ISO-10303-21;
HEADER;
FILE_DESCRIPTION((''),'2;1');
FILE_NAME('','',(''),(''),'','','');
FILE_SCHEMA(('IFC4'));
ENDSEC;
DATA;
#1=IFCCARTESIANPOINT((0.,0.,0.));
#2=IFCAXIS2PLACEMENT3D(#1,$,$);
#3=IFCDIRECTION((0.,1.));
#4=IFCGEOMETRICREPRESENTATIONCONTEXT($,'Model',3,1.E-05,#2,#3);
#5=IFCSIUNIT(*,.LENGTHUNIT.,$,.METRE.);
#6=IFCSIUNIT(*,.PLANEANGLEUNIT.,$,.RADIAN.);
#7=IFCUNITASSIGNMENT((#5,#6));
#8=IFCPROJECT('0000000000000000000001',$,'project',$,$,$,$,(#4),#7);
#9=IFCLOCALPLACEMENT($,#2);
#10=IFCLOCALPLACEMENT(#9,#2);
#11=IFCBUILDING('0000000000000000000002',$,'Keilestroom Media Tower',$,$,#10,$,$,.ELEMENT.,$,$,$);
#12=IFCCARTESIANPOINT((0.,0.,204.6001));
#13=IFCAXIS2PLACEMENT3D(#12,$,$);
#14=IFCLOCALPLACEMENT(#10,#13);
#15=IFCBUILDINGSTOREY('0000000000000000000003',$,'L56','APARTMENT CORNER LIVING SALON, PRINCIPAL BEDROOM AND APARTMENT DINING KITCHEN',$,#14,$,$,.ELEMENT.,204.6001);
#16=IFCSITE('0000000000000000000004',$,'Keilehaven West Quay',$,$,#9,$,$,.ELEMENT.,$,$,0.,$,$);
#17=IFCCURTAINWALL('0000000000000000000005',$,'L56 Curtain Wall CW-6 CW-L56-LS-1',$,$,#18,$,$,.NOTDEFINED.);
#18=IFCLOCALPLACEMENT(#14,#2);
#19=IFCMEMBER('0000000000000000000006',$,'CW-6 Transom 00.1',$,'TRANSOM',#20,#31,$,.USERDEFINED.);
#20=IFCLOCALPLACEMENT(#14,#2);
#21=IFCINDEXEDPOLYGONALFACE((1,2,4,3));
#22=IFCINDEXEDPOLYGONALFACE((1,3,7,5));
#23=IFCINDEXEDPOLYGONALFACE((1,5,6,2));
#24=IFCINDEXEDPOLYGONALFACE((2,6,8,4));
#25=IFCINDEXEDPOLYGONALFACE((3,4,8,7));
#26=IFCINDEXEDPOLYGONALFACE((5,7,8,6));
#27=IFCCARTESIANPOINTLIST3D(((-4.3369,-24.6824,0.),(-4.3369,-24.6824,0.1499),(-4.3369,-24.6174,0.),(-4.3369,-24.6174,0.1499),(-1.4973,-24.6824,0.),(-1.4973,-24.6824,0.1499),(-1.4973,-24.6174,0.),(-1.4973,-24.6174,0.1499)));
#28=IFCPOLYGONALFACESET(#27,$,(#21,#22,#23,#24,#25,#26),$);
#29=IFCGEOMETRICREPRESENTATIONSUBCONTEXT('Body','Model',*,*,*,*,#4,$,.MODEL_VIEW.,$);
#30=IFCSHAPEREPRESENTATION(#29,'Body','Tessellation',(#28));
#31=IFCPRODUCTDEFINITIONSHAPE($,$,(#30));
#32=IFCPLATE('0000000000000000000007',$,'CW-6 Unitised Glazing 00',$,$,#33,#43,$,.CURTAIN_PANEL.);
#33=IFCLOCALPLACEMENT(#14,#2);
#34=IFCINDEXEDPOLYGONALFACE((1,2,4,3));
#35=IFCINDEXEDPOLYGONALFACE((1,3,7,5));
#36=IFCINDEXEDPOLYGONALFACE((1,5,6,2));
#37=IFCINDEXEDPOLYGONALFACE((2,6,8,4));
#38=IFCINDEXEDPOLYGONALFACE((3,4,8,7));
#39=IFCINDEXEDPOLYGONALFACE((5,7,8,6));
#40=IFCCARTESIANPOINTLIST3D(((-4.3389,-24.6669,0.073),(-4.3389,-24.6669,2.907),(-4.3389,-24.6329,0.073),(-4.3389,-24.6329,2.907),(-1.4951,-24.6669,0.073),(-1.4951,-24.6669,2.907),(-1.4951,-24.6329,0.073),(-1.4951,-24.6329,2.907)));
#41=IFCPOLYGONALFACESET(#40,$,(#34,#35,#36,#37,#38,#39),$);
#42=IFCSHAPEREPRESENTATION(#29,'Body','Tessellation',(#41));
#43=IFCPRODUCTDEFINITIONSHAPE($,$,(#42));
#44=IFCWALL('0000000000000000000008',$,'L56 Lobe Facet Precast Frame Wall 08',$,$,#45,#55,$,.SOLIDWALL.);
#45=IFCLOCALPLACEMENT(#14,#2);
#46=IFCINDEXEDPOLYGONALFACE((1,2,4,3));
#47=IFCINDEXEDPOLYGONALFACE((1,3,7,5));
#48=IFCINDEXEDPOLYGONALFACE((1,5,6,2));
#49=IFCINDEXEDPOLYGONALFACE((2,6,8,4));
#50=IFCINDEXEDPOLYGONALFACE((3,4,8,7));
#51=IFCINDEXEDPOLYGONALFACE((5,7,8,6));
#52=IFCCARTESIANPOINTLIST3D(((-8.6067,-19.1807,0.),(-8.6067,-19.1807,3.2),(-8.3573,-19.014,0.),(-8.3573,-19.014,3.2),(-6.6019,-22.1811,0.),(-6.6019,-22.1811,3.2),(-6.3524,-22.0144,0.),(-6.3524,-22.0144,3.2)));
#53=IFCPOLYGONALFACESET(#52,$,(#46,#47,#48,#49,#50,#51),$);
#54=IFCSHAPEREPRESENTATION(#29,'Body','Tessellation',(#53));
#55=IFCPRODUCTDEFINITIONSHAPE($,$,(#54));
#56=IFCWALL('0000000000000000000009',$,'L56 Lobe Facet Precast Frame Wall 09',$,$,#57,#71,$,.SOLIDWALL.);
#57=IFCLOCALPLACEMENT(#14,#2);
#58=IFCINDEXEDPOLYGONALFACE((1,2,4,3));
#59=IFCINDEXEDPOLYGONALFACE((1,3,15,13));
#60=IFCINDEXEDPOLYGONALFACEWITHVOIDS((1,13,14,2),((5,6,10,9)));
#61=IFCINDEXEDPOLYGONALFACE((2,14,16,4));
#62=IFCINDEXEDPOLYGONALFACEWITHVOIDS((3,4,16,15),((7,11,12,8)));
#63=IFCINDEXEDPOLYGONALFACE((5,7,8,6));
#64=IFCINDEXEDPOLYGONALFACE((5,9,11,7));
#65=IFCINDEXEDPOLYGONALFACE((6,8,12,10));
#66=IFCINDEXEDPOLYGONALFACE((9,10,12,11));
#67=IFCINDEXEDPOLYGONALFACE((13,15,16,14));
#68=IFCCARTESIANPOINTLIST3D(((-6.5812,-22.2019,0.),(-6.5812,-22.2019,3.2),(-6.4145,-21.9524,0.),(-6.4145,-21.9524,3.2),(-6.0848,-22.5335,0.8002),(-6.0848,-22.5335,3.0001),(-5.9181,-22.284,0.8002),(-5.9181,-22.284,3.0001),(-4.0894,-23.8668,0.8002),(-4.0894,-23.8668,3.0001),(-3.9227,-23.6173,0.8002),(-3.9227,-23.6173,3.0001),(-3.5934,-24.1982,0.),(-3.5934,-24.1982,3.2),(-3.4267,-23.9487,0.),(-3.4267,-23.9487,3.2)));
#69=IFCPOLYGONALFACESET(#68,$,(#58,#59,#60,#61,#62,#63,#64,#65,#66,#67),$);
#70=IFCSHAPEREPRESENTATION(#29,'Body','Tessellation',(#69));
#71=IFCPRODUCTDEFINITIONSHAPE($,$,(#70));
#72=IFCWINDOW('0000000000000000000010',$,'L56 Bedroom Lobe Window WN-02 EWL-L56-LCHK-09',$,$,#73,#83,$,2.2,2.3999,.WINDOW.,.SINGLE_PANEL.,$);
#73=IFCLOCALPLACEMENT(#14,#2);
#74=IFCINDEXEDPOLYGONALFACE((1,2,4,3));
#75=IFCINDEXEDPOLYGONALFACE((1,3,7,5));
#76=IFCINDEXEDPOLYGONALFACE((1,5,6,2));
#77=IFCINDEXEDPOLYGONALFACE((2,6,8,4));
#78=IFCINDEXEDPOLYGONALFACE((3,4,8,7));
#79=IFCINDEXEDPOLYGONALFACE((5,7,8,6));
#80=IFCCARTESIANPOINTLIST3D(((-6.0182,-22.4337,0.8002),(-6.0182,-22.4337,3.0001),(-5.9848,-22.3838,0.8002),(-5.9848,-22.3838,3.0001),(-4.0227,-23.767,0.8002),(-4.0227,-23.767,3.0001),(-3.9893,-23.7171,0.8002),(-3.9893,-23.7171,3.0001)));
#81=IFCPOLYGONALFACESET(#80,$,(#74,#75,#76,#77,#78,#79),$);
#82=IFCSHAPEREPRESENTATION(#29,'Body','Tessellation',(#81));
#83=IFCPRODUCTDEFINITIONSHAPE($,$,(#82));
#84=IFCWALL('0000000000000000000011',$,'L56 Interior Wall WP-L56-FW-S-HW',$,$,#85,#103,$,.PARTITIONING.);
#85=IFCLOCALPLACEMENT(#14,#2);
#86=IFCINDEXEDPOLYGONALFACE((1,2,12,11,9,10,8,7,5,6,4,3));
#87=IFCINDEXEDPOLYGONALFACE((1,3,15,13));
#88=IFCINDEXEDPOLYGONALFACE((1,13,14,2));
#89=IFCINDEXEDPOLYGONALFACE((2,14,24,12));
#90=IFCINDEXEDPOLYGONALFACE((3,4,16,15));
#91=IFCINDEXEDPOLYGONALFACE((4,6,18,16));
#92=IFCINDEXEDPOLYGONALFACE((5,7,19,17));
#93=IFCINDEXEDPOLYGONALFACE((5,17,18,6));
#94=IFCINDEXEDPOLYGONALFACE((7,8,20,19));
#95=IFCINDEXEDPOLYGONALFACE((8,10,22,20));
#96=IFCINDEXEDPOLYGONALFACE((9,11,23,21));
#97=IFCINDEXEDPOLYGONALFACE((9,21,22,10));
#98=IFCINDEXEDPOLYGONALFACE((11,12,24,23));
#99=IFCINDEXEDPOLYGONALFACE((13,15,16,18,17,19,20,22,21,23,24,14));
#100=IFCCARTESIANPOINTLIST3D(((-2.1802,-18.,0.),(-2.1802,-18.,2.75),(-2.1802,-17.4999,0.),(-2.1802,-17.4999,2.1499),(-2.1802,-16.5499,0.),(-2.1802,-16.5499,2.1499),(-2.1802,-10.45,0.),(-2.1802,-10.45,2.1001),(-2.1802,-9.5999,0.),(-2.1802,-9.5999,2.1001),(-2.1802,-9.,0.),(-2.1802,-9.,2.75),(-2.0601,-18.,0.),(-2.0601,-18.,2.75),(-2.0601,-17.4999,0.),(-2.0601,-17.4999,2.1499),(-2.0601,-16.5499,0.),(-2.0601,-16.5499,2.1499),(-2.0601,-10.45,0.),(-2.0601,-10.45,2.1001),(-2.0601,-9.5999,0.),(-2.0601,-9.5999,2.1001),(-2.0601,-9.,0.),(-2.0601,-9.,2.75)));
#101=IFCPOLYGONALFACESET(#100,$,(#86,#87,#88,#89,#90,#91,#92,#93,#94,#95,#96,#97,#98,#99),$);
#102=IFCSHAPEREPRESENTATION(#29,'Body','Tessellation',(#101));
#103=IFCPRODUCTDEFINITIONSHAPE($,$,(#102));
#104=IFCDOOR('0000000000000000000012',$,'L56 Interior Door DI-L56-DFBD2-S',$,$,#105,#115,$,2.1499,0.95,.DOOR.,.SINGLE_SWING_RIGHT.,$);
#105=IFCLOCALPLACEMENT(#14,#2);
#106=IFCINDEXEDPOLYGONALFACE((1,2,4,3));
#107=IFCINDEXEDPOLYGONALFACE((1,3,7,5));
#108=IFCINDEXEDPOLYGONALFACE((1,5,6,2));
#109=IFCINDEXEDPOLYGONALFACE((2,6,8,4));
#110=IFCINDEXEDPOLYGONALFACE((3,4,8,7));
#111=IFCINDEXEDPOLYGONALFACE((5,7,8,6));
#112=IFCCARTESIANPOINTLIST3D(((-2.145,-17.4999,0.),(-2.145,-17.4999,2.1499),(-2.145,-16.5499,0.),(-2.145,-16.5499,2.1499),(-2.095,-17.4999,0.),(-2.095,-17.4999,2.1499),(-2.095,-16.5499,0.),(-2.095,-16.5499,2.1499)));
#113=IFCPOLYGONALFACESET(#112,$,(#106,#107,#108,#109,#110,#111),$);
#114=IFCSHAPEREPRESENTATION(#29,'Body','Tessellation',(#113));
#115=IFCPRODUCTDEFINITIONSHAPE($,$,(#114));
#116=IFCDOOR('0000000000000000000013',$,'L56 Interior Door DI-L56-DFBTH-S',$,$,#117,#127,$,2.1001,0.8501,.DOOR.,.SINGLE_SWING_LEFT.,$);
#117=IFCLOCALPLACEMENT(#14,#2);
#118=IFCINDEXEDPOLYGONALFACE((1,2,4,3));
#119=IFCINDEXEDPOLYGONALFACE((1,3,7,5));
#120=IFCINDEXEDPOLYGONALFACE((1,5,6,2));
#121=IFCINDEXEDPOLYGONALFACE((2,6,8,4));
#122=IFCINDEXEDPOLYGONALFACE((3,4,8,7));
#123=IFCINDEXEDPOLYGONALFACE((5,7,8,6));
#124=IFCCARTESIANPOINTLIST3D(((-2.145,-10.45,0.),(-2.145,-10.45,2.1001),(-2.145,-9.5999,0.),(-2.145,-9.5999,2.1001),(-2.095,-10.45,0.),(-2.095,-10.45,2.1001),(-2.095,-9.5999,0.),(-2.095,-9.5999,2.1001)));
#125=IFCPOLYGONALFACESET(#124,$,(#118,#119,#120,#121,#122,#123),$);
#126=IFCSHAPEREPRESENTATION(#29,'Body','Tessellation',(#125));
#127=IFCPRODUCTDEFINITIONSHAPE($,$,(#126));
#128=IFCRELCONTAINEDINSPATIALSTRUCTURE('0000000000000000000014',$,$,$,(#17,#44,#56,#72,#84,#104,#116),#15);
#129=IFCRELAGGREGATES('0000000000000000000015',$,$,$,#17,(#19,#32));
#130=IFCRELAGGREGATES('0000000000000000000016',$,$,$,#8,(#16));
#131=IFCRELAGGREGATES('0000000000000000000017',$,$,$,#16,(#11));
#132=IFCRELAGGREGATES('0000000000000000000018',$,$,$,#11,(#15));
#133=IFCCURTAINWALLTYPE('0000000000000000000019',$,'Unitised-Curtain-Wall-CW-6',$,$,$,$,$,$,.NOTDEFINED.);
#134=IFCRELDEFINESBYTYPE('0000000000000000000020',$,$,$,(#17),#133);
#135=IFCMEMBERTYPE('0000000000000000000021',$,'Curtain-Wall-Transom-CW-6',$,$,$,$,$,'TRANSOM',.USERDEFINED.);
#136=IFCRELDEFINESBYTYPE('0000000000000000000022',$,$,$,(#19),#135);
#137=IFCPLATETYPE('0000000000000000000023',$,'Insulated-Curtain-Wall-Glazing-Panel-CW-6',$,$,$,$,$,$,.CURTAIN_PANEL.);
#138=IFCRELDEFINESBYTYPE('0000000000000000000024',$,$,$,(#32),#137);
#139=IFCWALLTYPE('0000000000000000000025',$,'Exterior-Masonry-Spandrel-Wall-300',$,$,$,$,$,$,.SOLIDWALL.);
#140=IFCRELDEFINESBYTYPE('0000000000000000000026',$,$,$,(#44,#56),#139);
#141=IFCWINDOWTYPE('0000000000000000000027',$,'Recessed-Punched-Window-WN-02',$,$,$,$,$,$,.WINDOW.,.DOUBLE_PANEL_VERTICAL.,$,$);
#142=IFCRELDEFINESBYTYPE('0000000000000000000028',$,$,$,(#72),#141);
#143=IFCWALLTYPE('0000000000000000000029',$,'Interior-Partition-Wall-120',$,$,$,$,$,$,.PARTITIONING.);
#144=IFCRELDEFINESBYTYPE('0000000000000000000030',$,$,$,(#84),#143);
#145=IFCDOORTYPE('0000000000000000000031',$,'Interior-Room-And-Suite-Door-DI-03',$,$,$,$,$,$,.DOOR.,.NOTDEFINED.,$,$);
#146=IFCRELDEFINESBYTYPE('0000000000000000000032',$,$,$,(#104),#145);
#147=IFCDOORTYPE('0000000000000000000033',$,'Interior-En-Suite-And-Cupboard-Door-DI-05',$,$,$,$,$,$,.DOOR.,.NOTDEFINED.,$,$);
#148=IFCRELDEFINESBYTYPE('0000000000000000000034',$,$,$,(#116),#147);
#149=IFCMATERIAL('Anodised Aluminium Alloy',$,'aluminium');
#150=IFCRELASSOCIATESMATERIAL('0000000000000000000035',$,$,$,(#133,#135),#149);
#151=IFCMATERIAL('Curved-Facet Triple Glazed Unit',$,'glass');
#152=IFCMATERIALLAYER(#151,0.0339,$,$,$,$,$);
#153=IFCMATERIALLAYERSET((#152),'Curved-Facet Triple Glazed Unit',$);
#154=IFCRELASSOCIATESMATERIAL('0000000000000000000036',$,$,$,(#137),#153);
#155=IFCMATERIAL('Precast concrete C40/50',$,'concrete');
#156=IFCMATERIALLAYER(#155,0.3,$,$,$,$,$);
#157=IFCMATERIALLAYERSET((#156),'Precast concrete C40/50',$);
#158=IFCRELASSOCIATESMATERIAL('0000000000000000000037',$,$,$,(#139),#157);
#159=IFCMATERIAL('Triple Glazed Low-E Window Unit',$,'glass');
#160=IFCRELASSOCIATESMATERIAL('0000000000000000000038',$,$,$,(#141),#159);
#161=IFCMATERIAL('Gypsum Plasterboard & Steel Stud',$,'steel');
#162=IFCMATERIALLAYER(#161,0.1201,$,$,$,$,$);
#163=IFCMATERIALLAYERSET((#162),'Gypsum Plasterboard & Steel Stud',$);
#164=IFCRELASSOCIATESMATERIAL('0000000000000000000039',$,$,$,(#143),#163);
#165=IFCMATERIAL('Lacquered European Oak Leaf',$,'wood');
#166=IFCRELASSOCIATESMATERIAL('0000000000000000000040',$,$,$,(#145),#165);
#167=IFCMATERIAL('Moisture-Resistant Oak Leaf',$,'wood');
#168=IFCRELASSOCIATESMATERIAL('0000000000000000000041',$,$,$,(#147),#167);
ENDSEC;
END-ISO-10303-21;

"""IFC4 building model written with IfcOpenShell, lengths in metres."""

from ifc_helpers import new_model, si_unit, direction, frame, frame_2d, origin, origin_2d, place, context, subcontext, project, spatial, rectangle, extrude, source, transform, mapped, material, layer, layer_set, material_profile, profile_set, type_object, element, fill, aggregate, save


model = new_model("IFC4")

# Units and contexts
model_context = context("Model", 3, precision=1e-05, world=origin(), true_north=direction((0.0, 1.0)))
body_context = subcontext(model_context, "Body", "Model", "MODEL_VIEW")
ifc_project = project(units=[si_unit("LENGTHUNIT", "METRE"), si_unit("PLANEANGLEUNIT", "RADIAN")], contexts=[model_context])

# Site, building, storey
site_placement = place(None, origin())
site = spatial("IfcSite", under=ifc_project, at=site_placement, Name="Keilehaven West Quay", CompositionType="ELEMENT", RefElevation=0.0)
building_placement = place(site_placement, origin())
building = spatial("IfcBuilding", under=site, at=building_placement, Name="Keilestroom Media Tower", CompositionType="ELEMENT")
storey_placement = place(building_placement, frame((0.0, 0.0, 204.6001)))
storey = spatial("IfcBuildingStorey", under=building, at=storey_placement, Name="L56", Description="APARTMENT CORNER LIVING SALON, PRINCIPAL BEDROOM AND APARTMENT DINING KITCHEN", CompositionType="ELEMENT", Elevation=204.6001)

# Curtain wall, member, plate
ifc_material_1 = material(Name="Anodised Aluminium Alloy", Category="aluminium")
curtain_wall_type = type_object("IfcCurtainWallType", Name="Unitised-Curtain-Wall-CW-6", PredefinedType="NOTDEFINED", material=ifc_material_1)
curtain_wall_placement = place(storey_placement, origin())
curtain_wall = element("IfcCurtainWall", 1, at=curtain_wall_placement, inside=storey, type_object=curtain_wall_type, Name="L56 Curtain Wall CW-6 CW-L56-LS-1", PredefinedType="NOTDEFINED")
ifc_material_profile_1 = material_profile(ifc_material_1, rectangle(XDim=0.0649, YDim=0.1499, at=origin_2d()), Name="ALU TRANSOM 65x150")
ifc_profile_set_1 = profile_set([ifc_material_profile_1], Name="Anodised Aluminium Alloy")
member_type_1 = type_object("IfcMemberType", Name="Curtain-Wall-Transom-CW-6", ElementType="TRANSOM", PredefinedType="USERDEFINED", material=ifc_profile_set_1)
shared_shape_1 = source(origin(), body_context, "Body", "SweptSolid", [
    extrude(rectangle(XDim=0.0649, YDim=0.1499, at=origin_2d()), origin(), (0.0, 0.0, 1.0), 2.8396),
])
member_1_placement = place(storey_placement, frame((-4.3369, -24.6499, 0.075), z_axis=(1.0, 0.0, 0.0), x_axis=(0.0, 1.0, 0.0)))
member_1 = element("IfcMember", 2, at=member_1_placement, type_object=member_type_1, Name="CW-6 Transom 00.1", ObjectType="TRANSOM", PredefinedType="USERDEFINED", context=body_context, shape_type="MappedRepresentation", body=[
    mapped(shared_shape_1, transform((0.0, 0.0, 0.0), x_axis=(1.0, 0.0, 0.0), y_axis=(0.0, 1.0, 0.0), z_axis=(0.0, 0.0, 1.0), scale=1.0)),
])
ifc_material_2 = material(Name="Curved-Facet Triple Glazed Unit", Category="glass")
ifc_layer_1 = layer(ifc_material_2, 0.0339)
ifc_layer_set_1 = layer_set([ifc_layer_1], Name="Curved-Facet Triple Glazed Unit")
plate_type = type_object("IfcPlateType", Name="Insulated-Curtain-Wall-Glazing-Panel-CW-6", PredefinedType="CURTAIN_PANEL", material=ifc_layer_set_1)
shared_shape_2 = source(origin(), body_context, "Body", "SweptSolid", [
    extrude(rectangle(XDim=2.8438, YDim=0.0339, at=origin_2d()), origin(), (0.0, 0.0, 1.0), 2.834),
])
plate_placement = place(storey_placement, frame((-2.917, -24.6499, 0.073), z_axis=(0.0, 0.0, 1.0), x_axis=(1.0, 0.0, 0.0)))
plate = element("IfcPlate", 3, at=plate_placement, type_object=plate_type, Name="CW-6 Unitised Glazing 00", PredefinedType="CURTAIN_PANEL", context=body_context, shape_type="MappedRepresentation", body=[
    mapped(shared_shape_2, transform((0.0, 0.0, 0.0), x_axis=(1.0, 0.0, 0.0), y_axis=(0.0, 1.0, 0.0), z_axis=(0.0, 0.0, 1.0), scale=1.0)),
])
aggregate(curtain_wall, [member_1, plate])

# Wall
ifc_material_3 = material(Name="Precast concrete C40/50", Category="concrete")
ifc_layer_2 = layer(ifc_material_3, 0.3)
ifc_layer_set_2 = layer_set([ifc_layer_2], Name="Precast concrete C40/50")
wall_type_1 = type_object("IfcWallType", Name="Exterior-Masonry-Spandrel-Wall-300", PredefinedType="SOLIDWALL", material=ifc_layer_set_2)
wall_1_placement = place(storey_placement, frame((-8.4819, -19.0974, 0.0), z_axis=(0.0, 0.0, 1.0), x_axis=(0.555574, -0.831467, 0.0)))
element("IfcWall", 4, at=wall_1_placement, inside=storey, type_object=wall_type_1, Name="L56 Lobe Facet Precast Frame Wall 08", PredefinedType="SOLIDWALL", context=body_context, shape_type="SweptSolid", body=[
    extrude(rectangle(XDim=3.6086, YDim=0.3, at=frame_2d((1.8042, 0.0))), origin(), (0.0, 0.0, 1.0), 3.2),
])

# Wall, opening, window
wall_2_placement = place(storey_placement, frame((-6.4978, -22.0771, 0.0), z_axis=(0.0, 0.0, 1.0), x_axis=(0.831475, -0.555562, 0.0)))
wall_2 = element("IfcWall", 5, at=wall_2_placement, inside=storey, type_object=wall_type_1, Name="L56 Lobe Facet Precast Frame Wall 09", PredefinedType="SOLIDWALL", context=body_context, shape_type="SweptSolid", body=[
    extrude(rectangle(XDim=3.5933, YDim=0.3, at=frame_2d((1.7966, 0.0))), origin(), (0.0, 0.0, 1.0), 3.2),
])
opening_1_placement = place(wall_2_placement, frame((0.5969, 0.0, 0.8)))
opening_1 = element("IfcOpeningElement", 6, at=opening_1_placement, cuts=wall_2, PredefinedType="OPENING", context=body_context, shape_type="SweptSolid", body=[
    extrude(rectangle(XDim=2.3999, YDim=2.2, at=frame_2d((1.2, 1.1001))), frame((0.0, 0.1602, 0.0), z_axis=(0.0, -1.0, 0.0), x_axis=(1.0, 0.0, 0.0)), (0.0, 0.0, 1.0), 0.3201),
])
ifc_material_4 = material(Name="Triple Glazed Low-E Window Unit", Category="glass")
window_type = type_object("IfcWindowType", Name="Recessed-Punched-Window-WN-02", PartitioningType="DOUBLE_PANEL_VERTICAL", PredefinedType="WINDOW", material=ifc_material_4)
shared_shape_3 = source(origin(), body_context, "Body", "SweptSolid", [
    extrude(rectangle(XDim=2.3999, YDim=2.2, at=frame_2d((1.2, 1.1001))), frame((0.0, 0.03, 0.0), z_axis=(0.0, -1.0, 0.0), x_axis=(1.0, 0.0, 0.0)), (0.0, 0.0, 1.0), 0.0601),
])
window_placement = place(opening_1_placement, origin())
window = element("IfcWindow", 7, at=window_placement, inside=storey, type_object=window_type, Name="L56 Bedroom Lobe Window WN-02 EWL-L56-LCHK-09", OverallHeight=2.2, OverallWidth=2.3999, PartitioningType="SINGLE_PANEL", PredefinedType="WINDOW", context=body_context, shape_type="MappedRepresentation", body=[
    mapped(shared_shape_3, transform((0.0, 0.0, 0.0), x_axis=(1.0, 0.0, 0.0), y_axis=(0.0, 1.0, 0.0), z_axis=(0.0, 0.0, 1.0), scale=1.0)),
])
fill(opening_1, window)

# Wall, openings, doors
ifc_material_5 = material(Name="Gypsum Plasterboard & Steel Stud", Category="steel")
ifc_layer_3 = layer(ifc_material_5, 0.1201)
ifc_layer_set_3 = layer_set([ifc_layer_3], Name="Gypsum Plasterboard & Steel Stud")
wall_type_2 = type_object("IfcWallType", Name="Interior-Partition-Wall-120", PredefinedType="PARTITIONING", material=ifc_layer_set_3)
wall_3_placement = place(storey_placement, frame((-2.1201, -18.0, 0.0), z_axis=(0.0, 0.0, 1.0), x_axis=(0.0, 1.0, 0.0)))
wall_3 = element("IfcWall", 8, at=wall_3_placement, inside=storey, type_object=wall_type_2, Name="L56 Interior Wall WP-L56-FW-S-HW", PredefinedType="PARTITIONING", context=body_context, shape_type="SweptSolid", body=[
    extrude(rectangle(XDim=9.0, YDim=0.1201, at=frame_2d((4.5, 0.0))), origin(), (0.0, 0.0, 1.0), 2.75),
])
opening_2_placement = place(wall_3_placement, frame((7.55, 0.0, 0.0)))
opening_2 = element("IfcOpeningElement", 9, at=opening_2_placement, cuts=wall_3, PredefinedType="OPENING", context=body_context, shape_type="SweptSolid", body=[
    extrude(rectangle(XDim=0.8501, YDim=2.1001, at=frame_2d((0.425, 1.05))), frame((0.0, 0.0701, 0.0), z_axis=(0.0, -1.0, 0.0), x_axis=(1.0, 0.0, 0.0)), (0.0, 0.0, 1.0), 0.1401),
])
opening_3_placement = place(wall_3_placement, frame((0.5, 0.0, 0.0)))
opening_3 = element("IfcOpeningElement", 10, at=opening_3_placement, cuts=wall_3, PredefinedType="OPENING", context=body_context, shape_type="SweptSolid", body=[
    extrude(rectangle(XDim=0.95, YDim=2.1499, at=frame_2d((0.4751, 1.075))), frame((0.0, 0.0701, 0.0), z_axis=(0.0, -1.0, 0.0), x_axis=(1.0, 0.0, 0.0)), (0.0, 0.0, 1.0), 0.1401),
])
ifc_material_6 = material(Name="Lacquered European Oak Leaf", Category="wood")
door_type_1 = type_object("IfcDoorType", Name="Interior-Room-And-Suite-Door-DI-03", OperationType="NOTDEFINED", PredefinedType="DOOR", material=ifc_material_6)
shared_shape_4 = source(origin(), body_context, "Body", "SweptSolid", [
    extrude(rectangle(XDim=0.95, YDim=2.1499, at=frame_2d((0.4751, 1.075))), frame((0.0, 0.0249, 0.0), z_axis=(0.0, -1.0, 0.0), x_axis=(1.0, 0.0, 0.0)), (0.0, 0.0, 1.0), 0.05),
])
door_1_placement = place(opening_3_placement, origin())
door_1 = element("IfcDoor", 11, at=door_1_placement, inside=storey, type_object=door_type_1, Name="L56 Interior Door DI-L56-DFBD2-S", OperationType="SINGLE_SWING_RIGHT", OverallHeight=2.1499, OverallWidth=0.95, PredefinedType="DOOR", context=body_context, shape_type="MappedRepresentation", body=[
    mapped(shared_shape_4, transform((0.0, 0.0, 0.0), x_axis=(1.0, 0.0, 0.0), y_axis=(0.0, 1.0, 0.0), z_axis=(0.0, 0.0, 1.0), scale=1.0)),
])
fill(opening_3, door_1)
ifc_material_7 = material(Name="Moisture-Resistant Oak Leaf", Category="wood")
door_type_2 = type_object("IfcDoorType", Name="Interior-En-Suite-And-Cupboard-Door-DI-05", OperationType="NOTDEFINED", PredefinedType="DOOR", material=ifc_material_7)
shared_shape_5 = source(origin(), body_context, "Body", "SweptSolid", [
    extrude(rectangle(XDim=0.8501, YDim=2.1001, at=frame_2d((0.425, 1.05))), frame((0.0, 0.0249, 0.0), z_axis=(0.0, -1.0, 0.0), x_axis=(1.0, 0.0, 0.0)), (0.0, 0.0, 1.0), 0.05),
])
door_2_placement = place(opening_2_placement, origin())
door_2 = element("IfcDoor", 12, at=door_2_placement, inside=storey, type_object=door_type_2, Name="L56 Interior Door DI-L56-DFBTH-S", OperationType="SINGLE_SWING_LEFT", OverallHeight=2.1001, OverallWidth=0.8501, PredefinedType="DOOR", context=body_context, shape_type="MappedRepresentation", body=[
    mapped(shared_shape_5, transform((0.0, 0.0, 0.0), x_axis=(1.0, 0.0, 0.0), y_axis=(0.0, 1.0, 0.0), z_axis=(0.0, 0.0, 1.0), scale=1.0)),
])
fill(opening_2, door_2)

save(model, "model.ifc")
